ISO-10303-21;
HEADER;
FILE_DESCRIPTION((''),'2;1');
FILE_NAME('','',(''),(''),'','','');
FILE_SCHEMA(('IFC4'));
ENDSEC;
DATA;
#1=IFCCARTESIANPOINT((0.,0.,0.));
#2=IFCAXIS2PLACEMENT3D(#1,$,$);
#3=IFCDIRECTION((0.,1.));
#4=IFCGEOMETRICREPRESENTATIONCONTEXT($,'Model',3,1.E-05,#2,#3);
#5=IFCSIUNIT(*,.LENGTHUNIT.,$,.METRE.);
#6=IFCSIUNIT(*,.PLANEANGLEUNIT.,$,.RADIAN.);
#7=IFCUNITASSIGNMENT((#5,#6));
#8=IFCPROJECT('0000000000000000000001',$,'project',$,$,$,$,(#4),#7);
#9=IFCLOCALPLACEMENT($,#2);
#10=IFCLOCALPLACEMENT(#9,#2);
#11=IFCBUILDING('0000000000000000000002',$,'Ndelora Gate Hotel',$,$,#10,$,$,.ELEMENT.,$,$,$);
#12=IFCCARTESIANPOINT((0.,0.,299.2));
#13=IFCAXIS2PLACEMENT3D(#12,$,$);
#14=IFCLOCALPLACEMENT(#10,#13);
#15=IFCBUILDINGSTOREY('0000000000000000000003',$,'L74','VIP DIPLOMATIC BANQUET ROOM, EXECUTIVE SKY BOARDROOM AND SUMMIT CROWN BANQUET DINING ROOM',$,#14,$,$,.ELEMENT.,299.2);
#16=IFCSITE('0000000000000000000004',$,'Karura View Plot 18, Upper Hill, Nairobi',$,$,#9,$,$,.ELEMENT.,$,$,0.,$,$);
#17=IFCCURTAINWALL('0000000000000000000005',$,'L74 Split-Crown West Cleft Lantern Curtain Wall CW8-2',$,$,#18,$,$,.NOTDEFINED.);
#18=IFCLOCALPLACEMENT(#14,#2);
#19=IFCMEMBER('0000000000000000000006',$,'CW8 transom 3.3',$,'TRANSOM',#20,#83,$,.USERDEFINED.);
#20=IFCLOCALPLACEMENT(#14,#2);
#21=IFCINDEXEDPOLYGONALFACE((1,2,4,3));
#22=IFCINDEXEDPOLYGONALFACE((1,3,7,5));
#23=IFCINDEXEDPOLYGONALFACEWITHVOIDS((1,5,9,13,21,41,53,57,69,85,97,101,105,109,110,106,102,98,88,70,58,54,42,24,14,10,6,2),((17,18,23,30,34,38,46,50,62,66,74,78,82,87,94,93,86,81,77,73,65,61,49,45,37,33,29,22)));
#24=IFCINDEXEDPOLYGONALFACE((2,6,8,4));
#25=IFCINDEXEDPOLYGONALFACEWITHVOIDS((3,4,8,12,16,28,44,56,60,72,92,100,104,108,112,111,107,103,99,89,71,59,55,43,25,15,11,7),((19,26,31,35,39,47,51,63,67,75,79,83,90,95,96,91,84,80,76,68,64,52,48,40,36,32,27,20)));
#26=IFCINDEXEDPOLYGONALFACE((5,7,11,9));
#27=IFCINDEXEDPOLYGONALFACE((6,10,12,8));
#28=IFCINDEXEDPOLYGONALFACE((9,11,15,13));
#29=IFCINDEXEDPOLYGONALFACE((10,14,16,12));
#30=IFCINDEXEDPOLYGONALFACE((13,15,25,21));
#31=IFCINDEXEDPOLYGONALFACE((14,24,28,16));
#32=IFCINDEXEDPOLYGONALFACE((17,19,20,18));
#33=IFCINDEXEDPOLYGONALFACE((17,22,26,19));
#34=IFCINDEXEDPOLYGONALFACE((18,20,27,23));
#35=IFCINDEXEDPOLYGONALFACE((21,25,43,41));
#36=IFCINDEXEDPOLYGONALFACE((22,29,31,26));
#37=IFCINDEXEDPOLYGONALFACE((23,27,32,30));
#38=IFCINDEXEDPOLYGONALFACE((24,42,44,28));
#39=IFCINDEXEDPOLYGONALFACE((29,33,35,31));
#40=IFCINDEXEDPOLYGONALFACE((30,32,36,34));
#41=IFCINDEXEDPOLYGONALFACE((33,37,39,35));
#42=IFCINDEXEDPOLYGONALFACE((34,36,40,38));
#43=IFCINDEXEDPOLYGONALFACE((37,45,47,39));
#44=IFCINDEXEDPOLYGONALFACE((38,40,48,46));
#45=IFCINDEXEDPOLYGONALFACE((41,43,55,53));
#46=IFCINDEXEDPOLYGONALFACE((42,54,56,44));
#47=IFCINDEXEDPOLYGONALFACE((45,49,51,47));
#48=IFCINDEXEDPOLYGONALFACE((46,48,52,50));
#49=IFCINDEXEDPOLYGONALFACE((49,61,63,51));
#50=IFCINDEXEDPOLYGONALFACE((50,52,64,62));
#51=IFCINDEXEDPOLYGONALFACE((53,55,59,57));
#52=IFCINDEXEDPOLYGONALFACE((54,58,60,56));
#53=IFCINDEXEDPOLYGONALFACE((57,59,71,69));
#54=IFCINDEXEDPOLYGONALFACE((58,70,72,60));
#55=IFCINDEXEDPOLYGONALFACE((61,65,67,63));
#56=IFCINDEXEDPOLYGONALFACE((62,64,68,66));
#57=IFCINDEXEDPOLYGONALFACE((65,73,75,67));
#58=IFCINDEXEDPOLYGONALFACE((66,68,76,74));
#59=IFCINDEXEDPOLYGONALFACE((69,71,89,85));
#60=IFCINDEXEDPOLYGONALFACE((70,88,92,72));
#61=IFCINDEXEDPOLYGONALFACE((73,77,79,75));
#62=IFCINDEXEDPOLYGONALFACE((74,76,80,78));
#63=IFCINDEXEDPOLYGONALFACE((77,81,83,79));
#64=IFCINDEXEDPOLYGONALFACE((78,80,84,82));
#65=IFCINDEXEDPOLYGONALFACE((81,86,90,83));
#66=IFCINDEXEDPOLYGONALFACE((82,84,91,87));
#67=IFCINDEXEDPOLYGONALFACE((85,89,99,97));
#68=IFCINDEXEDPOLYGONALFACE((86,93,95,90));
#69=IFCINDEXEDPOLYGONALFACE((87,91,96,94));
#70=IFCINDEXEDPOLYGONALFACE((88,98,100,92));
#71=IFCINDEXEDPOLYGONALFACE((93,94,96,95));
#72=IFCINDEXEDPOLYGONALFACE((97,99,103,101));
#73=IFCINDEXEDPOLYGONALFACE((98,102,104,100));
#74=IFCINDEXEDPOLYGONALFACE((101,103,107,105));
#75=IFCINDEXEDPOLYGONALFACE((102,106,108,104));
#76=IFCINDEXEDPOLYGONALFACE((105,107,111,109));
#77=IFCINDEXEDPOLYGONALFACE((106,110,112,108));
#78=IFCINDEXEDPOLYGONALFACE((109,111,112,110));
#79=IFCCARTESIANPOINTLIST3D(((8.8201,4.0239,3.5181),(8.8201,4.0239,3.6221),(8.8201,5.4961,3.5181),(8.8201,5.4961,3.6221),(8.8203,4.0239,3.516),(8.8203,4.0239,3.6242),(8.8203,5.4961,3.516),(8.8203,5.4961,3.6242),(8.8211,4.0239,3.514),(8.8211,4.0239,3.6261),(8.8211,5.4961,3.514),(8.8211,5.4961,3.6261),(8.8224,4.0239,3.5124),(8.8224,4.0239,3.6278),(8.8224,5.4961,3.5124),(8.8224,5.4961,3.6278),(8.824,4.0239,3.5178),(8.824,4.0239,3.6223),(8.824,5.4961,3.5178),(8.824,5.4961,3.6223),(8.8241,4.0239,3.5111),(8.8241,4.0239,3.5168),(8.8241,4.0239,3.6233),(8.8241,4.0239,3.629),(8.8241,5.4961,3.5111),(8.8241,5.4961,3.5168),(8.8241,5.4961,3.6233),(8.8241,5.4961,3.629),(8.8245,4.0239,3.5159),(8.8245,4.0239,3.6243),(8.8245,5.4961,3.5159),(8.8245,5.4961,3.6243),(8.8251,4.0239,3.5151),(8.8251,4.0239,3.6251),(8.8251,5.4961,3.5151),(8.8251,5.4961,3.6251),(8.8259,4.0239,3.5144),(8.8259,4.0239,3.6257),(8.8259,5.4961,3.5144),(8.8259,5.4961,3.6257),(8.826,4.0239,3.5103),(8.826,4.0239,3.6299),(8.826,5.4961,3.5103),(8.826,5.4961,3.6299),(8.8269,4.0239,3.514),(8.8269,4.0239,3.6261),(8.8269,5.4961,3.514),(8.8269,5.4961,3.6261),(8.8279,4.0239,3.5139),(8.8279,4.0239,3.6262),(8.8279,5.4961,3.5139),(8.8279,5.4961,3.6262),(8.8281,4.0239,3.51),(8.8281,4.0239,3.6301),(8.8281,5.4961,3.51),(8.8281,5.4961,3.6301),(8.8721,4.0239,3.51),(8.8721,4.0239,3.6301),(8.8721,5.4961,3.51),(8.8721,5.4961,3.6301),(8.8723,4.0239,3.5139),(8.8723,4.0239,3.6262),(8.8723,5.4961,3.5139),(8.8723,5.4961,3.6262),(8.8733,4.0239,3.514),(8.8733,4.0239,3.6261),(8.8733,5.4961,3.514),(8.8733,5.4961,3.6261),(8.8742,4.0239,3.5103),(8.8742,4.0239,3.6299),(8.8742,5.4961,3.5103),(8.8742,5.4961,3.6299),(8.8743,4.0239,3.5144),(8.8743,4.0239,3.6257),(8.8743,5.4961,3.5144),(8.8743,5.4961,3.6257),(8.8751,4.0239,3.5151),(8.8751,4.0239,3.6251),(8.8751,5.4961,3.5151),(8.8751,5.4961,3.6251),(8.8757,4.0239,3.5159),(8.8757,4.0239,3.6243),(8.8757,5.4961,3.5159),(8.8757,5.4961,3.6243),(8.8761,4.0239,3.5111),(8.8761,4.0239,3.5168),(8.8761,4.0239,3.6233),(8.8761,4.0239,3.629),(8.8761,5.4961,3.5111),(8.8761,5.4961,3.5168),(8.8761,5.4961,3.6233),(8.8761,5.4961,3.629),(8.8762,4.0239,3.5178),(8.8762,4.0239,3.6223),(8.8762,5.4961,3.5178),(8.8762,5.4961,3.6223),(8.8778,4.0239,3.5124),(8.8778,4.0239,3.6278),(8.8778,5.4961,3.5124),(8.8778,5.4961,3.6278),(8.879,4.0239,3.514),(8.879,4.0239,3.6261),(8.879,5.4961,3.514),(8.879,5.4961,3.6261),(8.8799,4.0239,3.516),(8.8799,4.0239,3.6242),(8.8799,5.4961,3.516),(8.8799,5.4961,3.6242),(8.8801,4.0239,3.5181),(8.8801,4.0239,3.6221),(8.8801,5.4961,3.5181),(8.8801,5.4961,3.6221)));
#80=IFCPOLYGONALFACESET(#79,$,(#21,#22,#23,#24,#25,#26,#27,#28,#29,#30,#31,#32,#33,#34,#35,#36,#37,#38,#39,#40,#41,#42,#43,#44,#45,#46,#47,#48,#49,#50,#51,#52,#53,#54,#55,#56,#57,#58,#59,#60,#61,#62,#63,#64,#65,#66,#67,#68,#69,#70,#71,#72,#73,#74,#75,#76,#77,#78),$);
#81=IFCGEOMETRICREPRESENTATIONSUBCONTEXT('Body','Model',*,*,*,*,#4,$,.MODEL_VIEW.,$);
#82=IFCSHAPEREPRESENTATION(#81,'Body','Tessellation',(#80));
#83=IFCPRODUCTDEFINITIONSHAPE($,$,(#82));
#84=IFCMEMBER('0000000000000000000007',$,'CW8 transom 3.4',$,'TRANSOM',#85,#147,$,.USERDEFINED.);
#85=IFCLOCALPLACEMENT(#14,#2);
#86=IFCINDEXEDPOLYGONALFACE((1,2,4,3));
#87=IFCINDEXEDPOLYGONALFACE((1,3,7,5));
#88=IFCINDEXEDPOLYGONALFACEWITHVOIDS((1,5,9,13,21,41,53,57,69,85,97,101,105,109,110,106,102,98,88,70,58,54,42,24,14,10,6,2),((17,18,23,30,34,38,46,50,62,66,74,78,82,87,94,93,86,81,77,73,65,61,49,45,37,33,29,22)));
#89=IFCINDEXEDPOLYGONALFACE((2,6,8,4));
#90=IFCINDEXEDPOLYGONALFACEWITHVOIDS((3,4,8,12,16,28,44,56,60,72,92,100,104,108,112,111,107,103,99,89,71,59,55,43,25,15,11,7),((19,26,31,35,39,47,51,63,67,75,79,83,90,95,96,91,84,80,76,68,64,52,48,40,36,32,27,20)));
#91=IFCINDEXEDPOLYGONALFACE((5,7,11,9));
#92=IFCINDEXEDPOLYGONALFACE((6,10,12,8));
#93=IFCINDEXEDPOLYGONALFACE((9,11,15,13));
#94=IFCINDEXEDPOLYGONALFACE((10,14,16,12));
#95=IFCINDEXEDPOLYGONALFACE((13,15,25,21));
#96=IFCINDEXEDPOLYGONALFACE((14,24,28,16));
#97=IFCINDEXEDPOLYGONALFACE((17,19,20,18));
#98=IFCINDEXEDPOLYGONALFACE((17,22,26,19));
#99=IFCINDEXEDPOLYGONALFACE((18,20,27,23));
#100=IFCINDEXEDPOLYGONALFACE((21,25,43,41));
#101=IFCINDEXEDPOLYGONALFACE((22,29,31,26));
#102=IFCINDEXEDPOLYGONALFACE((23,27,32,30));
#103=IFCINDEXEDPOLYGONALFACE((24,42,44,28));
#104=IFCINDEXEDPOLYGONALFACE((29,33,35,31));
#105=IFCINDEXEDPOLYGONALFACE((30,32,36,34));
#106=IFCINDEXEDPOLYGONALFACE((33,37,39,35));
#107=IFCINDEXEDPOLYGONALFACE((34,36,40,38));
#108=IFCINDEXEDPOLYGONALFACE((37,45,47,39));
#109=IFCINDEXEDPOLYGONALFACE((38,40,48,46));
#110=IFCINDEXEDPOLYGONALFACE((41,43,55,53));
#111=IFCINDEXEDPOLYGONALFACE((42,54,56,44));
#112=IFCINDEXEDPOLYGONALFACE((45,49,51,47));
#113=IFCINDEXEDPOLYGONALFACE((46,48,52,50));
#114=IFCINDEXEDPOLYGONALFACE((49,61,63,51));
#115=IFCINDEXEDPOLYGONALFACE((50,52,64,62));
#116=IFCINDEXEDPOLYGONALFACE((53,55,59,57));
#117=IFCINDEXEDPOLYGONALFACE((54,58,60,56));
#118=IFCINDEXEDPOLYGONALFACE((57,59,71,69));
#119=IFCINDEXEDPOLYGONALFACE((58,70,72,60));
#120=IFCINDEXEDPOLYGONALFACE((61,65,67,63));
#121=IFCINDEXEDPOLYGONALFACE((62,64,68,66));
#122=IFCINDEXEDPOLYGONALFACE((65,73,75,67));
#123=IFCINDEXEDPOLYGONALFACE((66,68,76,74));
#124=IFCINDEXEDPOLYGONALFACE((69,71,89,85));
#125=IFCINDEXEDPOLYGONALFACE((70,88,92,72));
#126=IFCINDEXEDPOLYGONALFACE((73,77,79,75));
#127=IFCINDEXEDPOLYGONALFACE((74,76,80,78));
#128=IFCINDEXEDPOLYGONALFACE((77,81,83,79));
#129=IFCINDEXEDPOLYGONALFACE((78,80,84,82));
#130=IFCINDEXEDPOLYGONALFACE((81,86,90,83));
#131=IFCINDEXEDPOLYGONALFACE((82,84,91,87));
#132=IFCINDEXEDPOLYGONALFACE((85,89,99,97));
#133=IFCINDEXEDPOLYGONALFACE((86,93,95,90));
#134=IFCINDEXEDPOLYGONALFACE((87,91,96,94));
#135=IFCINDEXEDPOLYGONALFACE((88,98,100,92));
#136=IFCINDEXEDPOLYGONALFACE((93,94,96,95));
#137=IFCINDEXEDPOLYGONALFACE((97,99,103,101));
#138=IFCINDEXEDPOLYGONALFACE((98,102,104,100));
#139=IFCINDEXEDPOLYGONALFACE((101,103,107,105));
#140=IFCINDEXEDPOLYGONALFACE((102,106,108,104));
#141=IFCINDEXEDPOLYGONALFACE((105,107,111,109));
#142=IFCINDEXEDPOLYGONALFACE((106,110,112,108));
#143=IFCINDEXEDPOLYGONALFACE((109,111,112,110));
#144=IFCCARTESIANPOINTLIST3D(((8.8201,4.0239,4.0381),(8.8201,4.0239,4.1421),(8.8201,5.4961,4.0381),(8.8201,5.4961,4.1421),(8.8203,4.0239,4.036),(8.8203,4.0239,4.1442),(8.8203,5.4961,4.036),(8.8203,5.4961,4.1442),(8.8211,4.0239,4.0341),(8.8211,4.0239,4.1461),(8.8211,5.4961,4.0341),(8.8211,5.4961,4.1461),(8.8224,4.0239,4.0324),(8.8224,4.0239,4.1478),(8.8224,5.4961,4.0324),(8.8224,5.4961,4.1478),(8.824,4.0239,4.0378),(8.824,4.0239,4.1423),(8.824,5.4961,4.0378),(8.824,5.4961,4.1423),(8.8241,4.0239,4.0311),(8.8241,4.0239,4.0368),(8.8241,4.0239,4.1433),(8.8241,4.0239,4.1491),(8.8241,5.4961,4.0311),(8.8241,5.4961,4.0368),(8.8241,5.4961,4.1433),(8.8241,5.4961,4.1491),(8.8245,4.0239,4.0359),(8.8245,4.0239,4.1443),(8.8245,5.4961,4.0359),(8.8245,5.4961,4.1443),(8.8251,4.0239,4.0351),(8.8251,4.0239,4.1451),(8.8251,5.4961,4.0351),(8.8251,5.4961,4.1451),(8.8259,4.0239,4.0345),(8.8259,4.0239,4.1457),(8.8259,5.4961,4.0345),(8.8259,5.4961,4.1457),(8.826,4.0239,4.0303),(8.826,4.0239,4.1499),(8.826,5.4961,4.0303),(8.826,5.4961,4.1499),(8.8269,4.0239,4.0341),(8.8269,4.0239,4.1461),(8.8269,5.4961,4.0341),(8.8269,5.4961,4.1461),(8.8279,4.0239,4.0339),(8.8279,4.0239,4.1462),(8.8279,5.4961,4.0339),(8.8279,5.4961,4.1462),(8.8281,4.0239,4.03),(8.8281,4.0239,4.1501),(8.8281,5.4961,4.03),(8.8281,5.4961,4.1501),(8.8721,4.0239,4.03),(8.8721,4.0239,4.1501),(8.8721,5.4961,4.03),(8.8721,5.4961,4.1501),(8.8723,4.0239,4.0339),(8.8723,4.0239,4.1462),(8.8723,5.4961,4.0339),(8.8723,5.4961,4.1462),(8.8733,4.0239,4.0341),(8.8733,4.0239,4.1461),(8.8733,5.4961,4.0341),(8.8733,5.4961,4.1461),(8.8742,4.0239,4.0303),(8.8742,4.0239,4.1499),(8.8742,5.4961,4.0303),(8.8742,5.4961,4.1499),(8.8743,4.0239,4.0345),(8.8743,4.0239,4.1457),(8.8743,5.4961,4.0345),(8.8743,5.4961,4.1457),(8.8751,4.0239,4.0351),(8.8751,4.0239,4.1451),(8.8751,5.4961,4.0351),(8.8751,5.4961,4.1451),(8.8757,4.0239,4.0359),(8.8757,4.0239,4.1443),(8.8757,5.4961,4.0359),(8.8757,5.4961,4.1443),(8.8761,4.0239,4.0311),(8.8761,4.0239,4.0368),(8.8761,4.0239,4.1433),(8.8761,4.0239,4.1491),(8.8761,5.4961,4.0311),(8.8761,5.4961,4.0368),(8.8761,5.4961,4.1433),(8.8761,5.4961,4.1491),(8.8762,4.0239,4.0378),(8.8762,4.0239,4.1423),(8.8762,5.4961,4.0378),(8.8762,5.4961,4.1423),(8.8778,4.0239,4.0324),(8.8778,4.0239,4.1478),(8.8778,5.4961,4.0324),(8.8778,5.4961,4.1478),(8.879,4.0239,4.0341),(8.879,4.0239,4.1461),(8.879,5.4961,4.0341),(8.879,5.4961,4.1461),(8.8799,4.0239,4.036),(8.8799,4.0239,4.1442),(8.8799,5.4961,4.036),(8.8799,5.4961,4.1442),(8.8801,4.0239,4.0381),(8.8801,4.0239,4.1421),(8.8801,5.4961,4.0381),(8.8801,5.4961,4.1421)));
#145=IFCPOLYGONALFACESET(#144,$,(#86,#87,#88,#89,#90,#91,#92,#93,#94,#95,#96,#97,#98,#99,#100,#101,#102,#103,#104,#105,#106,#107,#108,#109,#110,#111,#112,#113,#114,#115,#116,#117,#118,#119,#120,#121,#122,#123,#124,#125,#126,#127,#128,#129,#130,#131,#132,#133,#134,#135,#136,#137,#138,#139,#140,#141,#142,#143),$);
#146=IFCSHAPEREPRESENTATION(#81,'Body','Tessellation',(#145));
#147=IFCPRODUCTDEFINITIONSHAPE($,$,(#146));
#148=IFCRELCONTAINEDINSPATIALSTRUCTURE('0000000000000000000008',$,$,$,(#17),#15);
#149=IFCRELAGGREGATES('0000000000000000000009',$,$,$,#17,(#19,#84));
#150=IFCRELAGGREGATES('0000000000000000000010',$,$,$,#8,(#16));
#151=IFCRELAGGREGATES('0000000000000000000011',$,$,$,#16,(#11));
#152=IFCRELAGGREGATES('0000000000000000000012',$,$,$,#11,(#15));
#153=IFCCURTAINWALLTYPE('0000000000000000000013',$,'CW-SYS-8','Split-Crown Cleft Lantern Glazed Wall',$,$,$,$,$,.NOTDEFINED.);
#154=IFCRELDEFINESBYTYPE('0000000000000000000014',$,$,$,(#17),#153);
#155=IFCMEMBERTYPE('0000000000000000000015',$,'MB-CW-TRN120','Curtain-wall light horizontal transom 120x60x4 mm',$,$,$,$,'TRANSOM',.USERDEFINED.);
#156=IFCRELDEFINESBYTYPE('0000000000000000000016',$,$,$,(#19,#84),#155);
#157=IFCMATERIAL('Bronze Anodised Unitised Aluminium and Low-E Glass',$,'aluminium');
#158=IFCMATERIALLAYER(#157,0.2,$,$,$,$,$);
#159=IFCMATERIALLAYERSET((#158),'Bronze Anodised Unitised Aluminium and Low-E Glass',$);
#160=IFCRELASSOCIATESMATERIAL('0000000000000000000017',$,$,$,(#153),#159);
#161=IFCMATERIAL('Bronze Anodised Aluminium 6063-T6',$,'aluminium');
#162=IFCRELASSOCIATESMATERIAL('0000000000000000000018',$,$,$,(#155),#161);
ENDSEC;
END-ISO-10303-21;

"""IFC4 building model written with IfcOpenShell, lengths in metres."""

from ifc_helpers import new_model, si_unit, direction, frame, origin, origin_2d, place, context, subcontext, project, spatial, hollow_rectangle, extrude, material, layer, layer_set, material_profile, profile_set, type_object, element, aggregate, save


model = new_model("IFC4")

# Units and contexts
model_context = context("Model", 3, precision=1e-05, world=origin(), true_north=direction((0.0, 1.0)))
body_context = subcontext(model_context, "Body", "Model", "MODEL_VIEW")
ifc_project = project(units=[si_unit("LENGTHUNIT", "METRE"), si_unit("PLANEANGLEUNIT", "RADIAN")], contexts=[model_context])

# Site, building, storey
site_placement = place(None, origin())
site = spatial("IfcSite", under=ifc_project, at=site_placement, Name="Karura View Plot 18, Upper Hill, Nairobi", CompositionType="ELEMENT", RefElevation=0.0)
building_placement = place(site_placement, origin())
building = spatial("IfcBuilding", under=site, at=building_placement, Name="Ndelora Gate Hotel", CompositionType="ELEMENT")
storey_placement = place(building_placement, frame((0.0, 0.0, 299.2)))
storey = spatial("IfcBuildingStorey", under=building, at=storey_placement, Name="L74", Description="VIP DIPLOMATIC BANQUET ROOM, EXECUTIVE SKY BOARDROOM AND SUMMIT CROWN BANQUET DINING ROOM", CompositionType="ELEMENT", Elevation=299.2)

# Curtain wall
ifc_material_1 = material(Name="Bronze Anodised Unitised Aluminium and Low-E Glass", Category="aluminium")
ifc_layer_1 = layer(ifc_material_1, 0.2)
ifc_layer_set_1 = layer_set([ifc_layer_1], Name="Bronze Anodised Unitised Aluminium and Low-E Glass")
curtain_wall_type = type_object("IfcCurtainWallType", Name="CW-SYS-8", Description="Split-Crown Cleft Lantern Glazed Wall", PredefinedType="NOTDEFINED", material=ifc_layer_set_1)
curtain_wall_1_placement = place(storey_placement, origin())
curtain_wall_1 = element("IfcCurtainWall", 1, at=curtain_wall_1_placement, inside=storey, type_object=curtain_wall_type, Name="L74 Split-Crown West Cleft Lantern Curtain Wall CW8-2", PredefinedType="NOTDEFINED")
ifc_material_2 = material(Name="Bronze Anodised Aluminium 6063-T6", Category="aluminium")

# Members
ifc_material_profile_1 = material_profile(ifc_material_2, hollow_rectangle(XDim=0.0601, YDim=0.1201, WallThickness=0.0039, InnerFilletRadius=0.0039, OuterFilletRadius=0.0081, at=origin_2d()), Name="ALU 120x60x4")
ifc_profile_set_1 = profile_set([ifc_material_profile_1], Name="Bronze Anodised Aluminium 6063-T6")
member_type_1 = type_object("IfcMemberType", Name="MB-CW-TRN120", Description="Curtain-wall light horizontal transom 120x60x4 mm", ElementType="TRANSOM", PredefinedType="USERDEFINED", material=ifc_profile_set_1)
member_1_placement = place(storey_placement, frame((8.8501, 4.0239, 3.5701), z_axis=(0.0, 1.0, 0.0), x_axis=(-1.0, 0.0, 0.0)))
member_1 = element("IfcMember", 2, at=member_1_placement, type_object=member_type_1, Name="CW8 transom 3.3", ObjectType="TRANSOM", PredefinedType="USERDEFINED", context=body_context, shape_type="SweptSolid", body=[
    extrude(hollow_rectangle(XDim=0.0601, YDim=0.1201, WallThickness=0.0039, InnerFilletRadius=0.0039, OuterFilletRadius=0.0081, at=origin_2d()), origin(), (0.0, 0.0, 1.0), 1.4722),
])
member_2_placement = place(storey_placement, frame((8.8501, 4.0239, 4.0901), z_axis=(0.0, 1.0, 0.0), x_axis=(-1.0, 0.0, 0.0)))
member_2 = element("IfcMember", 3, at=member_2_placement, type_object=member_type_1, Name="CW8 transom 3.4", ObjectType="TRANSOM", PredefinedType="USERDEFINED", context=body_context, shape_type="SweptSolid", body=[
    extrude(hollow_rectangle(XDim=0.0601, YDim=0.1201, WallThickness=0.0039, InnerFilletRadius=0.0039, OuterFilletRadius=0.0081, at=origin_2d()), origin(), (0.0, 0.0, 1.0), 1.4722),
])

aggregate(curtain_wall_1, [member_1, member_2])

save(model, "model.ifc")
